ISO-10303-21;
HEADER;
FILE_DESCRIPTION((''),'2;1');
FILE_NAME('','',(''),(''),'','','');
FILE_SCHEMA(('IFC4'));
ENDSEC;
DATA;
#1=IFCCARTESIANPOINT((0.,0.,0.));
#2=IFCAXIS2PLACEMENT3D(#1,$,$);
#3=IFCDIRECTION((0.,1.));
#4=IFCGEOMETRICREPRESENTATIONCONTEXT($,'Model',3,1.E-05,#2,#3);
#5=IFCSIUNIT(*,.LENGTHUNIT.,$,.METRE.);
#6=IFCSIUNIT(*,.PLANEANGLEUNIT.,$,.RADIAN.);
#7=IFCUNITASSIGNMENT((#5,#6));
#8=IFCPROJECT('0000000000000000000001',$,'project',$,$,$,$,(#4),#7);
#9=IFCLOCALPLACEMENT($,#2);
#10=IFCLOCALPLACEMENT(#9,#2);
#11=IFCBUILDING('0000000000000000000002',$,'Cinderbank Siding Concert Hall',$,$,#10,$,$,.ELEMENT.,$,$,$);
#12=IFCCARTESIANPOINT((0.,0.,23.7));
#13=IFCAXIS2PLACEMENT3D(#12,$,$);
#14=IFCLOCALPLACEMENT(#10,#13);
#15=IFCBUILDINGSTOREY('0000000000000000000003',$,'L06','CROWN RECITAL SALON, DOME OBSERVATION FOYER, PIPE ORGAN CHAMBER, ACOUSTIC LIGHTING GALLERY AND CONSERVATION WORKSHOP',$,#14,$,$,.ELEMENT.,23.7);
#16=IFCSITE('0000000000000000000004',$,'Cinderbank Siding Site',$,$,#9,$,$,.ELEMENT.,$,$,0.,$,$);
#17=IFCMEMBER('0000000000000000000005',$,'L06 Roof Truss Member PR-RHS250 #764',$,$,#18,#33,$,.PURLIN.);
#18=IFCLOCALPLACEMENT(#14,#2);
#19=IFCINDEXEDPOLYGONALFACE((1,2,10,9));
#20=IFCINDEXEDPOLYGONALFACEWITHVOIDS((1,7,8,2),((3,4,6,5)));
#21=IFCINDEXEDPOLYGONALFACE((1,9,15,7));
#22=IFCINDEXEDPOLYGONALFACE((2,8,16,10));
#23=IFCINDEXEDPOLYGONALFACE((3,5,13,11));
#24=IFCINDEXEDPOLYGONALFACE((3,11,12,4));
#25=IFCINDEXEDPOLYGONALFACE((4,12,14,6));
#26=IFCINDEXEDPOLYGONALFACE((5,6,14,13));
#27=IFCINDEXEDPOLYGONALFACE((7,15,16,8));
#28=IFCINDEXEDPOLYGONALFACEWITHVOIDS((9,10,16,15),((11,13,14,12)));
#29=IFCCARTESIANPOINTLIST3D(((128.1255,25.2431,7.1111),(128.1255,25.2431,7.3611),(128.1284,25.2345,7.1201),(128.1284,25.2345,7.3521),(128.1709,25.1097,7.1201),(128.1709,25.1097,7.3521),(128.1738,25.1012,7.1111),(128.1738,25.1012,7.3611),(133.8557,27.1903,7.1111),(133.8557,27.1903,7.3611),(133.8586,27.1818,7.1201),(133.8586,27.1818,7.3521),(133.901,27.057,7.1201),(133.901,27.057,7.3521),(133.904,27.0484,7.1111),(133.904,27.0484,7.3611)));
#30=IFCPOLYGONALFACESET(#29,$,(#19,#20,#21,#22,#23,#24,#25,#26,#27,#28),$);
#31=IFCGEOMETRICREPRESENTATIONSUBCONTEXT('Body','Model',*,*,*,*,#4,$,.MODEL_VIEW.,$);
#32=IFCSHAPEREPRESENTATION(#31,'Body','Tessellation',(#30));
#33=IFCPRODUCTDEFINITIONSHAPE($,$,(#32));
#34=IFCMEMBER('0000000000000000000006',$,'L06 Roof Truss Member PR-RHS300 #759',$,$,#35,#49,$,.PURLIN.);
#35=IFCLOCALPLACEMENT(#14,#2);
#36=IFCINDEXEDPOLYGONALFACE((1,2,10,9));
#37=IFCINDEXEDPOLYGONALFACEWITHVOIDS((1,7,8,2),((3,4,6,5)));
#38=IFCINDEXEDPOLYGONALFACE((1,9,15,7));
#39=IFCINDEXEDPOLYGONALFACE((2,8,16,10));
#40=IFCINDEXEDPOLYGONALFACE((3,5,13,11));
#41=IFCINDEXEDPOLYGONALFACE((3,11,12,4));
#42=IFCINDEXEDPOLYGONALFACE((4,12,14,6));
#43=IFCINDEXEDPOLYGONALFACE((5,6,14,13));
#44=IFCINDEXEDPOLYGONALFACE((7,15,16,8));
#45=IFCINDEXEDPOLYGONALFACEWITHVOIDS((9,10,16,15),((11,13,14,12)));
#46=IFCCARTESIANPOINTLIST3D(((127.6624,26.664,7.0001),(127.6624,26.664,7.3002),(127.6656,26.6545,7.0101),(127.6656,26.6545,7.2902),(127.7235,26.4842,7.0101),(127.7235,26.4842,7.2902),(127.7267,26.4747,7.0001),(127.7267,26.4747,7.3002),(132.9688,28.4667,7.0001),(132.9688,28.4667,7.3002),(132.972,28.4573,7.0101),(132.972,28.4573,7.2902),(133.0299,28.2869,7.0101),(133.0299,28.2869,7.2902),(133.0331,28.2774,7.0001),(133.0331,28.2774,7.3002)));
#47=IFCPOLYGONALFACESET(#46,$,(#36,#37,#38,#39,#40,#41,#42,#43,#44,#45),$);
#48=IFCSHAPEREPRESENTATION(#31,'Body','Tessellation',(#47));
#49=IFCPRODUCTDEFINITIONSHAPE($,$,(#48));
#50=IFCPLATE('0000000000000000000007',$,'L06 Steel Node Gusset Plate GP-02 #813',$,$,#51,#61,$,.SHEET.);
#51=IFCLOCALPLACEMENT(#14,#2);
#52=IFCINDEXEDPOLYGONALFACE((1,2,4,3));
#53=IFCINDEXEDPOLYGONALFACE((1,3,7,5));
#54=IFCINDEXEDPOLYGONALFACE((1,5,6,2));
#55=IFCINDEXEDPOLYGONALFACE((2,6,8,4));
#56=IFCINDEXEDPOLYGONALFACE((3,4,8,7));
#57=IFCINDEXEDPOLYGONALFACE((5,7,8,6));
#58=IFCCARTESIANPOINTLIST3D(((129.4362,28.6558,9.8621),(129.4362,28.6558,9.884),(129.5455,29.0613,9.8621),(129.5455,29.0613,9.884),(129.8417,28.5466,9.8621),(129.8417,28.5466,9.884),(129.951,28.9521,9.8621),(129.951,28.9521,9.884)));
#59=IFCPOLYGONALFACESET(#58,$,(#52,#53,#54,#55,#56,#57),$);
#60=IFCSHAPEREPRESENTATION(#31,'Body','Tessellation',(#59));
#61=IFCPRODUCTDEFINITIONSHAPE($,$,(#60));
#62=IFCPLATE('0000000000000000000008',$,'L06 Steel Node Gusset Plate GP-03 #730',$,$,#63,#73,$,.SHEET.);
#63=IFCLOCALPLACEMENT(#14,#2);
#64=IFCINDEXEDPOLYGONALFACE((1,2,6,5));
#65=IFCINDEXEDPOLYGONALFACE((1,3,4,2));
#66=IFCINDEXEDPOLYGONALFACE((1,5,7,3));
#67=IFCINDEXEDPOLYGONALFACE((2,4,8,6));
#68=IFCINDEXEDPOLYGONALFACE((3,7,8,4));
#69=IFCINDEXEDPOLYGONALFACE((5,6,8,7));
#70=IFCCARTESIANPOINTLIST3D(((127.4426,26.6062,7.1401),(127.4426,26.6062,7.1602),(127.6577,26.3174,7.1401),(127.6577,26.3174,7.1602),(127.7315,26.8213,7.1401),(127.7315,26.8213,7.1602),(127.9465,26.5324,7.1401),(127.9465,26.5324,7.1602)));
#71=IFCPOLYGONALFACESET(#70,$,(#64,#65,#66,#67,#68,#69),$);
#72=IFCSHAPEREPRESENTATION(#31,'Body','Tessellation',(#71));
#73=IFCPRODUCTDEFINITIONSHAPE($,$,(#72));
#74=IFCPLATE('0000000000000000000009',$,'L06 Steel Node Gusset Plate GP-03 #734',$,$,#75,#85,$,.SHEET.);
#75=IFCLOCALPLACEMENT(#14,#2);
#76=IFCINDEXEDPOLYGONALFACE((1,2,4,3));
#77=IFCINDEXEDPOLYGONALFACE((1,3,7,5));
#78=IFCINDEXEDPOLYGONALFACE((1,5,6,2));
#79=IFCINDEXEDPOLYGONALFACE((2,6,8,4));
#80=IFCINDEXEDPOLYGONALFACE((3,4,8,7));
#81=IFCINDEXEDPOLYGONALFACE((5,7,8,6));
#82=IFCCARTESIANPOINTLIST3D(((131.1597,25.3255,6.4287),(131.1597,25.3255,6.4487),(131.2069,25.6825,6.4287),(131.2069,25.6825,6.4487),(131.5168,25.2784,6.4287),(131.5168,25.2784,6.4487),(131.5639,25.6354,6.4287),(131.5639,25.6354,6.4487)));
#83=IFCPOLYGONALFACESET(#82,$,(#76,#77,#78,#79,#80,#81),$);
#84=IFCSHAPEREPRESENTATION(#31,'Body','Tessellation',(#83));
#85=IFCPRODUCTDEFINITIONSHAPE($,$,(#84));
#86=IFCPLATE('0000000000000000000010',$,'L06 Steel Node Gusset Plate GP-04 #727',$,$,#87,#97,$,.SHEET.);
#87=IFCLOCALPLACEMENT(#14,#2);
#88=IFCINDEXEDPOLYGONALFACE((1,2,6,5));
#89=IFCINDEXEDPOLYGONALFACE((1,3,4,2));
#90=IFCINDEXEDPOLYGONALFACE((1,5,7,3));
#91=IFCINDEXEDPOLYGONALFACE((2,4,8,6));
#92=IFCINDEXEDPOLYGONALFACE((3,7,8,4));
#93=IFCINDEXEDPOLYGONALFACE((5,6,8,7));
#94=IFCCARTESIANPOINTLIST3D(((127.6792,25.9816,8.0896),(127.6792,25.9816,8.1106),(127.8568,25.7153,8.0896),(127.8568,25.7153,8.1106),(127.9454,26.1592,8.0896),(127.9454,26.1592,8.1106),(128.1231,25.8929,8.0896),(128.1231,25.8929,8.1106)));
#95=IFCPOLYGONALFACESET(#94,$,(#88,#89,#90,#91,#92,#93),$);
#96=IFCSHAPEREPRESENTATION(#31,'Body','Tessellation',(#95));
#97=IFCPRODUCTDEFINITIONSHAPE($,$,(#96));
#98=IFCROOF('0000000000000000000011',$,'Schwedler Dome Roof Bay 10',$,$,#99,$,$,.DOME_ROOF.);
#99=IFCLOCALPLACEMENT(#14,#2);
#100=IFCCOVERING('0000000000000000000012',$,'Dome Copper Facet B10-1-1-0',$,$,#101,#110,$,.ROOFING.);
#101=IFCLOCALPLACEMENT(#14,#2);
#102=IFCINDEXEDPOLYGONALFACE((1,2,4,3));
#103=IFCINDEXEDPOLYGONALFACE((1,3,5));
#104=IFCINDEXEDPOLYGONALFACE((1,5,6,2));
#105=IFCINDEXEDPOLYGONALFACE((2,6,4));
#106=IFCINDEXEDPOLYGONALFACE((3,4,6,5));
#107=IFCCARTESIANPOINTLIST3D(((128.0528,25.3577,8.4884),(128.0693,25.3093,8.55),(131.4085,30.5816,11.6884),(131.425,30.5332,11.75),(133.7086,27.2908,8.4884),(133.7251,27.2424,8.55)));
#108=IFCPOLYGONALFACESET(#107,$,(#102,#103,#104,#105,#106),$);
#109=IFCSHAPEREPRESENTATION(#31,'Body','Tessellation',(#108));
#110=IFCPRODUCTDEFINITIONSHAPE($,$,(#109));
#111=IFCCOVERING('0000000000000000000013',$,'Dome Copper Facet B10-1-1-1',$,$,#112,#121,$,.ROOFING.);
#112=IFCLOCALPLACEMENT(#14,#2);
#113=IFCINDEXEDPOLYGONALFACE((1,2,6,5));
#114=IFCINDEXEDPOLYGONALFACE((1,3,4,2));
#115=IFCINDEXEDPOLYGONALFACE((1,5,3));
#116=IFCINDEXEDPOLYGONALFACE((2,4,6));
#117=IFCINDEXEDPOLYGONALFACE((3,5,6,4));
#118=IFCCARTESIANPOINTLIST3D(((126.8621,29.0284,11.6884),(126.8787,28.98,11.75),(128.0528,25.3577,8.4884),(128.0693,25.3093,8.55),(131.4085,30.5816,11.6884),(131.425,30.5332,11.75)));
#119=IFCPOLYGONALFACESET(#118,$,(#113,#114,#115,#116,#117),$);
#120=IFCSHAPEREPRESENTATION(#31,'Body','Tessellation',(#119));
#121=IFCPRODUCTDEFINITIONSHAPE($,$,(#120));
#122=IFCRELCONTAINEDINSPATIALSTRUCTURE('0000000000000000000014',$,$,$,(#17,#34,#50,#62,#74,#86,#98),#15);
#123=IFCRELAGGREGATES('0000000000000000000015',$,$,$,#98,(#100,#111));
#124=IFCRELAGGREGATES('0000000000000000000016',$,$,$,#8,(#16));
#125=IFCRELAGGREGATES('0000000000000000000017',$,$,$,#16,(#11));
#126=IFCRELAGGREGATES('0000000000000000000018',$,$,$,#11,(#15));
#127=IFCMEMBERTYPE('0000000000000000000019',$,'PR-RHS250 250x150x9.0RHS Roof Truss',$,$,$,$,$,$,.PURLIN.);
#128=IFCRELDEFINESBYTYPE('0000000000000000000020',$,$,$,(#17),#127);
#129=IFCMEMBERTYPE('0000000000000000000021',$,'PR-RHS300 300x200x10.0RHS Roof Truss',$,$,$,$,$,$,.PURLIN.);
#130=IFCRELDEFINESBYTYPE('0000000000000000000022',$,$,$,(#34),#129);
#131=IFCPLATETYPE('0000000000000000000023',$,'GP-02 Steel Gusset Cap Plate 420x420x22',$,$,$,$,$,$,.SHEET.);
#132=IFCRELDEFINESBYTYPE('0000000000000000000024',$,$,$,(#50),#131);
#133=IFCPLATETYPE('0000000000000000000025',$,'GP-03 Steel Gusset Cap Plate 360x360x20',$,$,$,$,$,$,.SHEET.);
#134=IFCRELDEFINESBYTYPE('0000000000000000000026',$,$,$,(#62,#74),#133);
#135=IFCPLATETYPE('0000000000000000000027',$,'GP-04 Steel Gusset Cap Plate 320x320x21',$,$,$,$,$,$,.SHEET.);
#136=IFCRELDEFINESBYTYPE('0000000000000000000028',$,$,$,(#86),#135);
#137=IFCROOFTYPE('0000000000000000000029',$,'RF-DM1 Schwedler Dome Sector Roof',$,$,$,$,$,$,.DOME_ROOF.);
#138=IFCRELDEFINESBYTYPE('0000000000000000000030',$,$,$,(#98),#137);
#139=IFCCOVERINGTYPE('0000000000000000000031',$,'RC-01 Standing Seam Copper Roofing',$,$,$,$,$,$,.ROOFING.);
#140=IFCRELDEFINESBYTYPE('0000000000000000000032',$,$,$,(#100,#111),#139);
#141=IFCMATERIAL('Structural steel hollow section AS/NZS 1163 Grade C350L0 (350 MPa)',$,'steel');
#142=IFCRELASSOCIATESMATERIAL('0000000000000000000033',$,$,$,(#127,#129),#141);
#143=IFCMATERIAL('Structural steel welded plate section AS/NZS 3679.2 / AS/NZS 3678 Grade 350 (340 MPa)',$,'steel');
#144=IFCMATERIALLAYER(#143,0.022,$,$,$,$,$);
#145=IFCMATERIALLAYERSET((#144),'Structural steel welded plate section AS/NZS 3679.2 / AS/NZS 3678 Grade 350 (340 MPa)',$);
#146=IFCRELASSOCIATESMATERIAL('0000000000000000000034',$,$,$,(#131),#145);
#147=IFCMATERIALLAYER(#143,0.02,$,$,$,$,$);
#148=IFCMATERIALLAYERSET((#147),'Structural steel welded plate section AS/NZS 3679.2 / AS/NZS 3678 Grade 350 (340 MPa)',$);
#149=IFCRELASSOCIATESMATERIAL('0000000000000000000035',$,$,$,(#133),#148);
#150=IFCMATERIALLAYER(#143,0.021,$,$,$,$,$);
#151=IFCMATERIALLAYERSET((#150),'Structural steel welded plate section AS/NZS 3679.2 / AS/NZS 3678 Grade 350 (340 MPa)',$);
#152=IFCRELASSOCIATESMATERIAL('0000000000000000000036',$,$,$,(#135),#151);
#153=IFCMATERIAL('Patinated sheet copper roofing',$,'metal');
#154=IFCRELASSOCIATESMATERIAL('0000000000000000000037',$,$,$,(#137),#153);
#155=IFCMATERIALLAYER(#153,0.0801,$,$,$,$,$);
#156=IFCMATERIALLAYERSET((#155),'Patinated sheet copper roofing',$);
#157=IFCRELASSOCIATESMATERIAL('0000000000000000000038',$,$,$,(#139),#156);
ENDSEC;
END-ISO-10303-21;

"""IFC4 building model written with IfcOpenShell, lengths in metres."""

from ifc_helpers import new_model, si_unit, direction, frame, origin, origin_2d, place, context, subcontext, project, spatial, polyline, rectangle, hollow_rectangle, outline, extrude, material, layer, layer_set, material_profile, profile_set, type_object, element, aggregate, save


model = new_model("IFC4")

# Units and contexts
model_context = context("Model", 3, precision=1e-05, world=origin(), true_north=direction((0.0, 1.0)))
body_context = subcontext(model_context, "Body", "Model", "MODEL_VIEW")
ifc_project = project(units=[si_unit("LENGTHUNIT", "METRE"), si_unit("PLANEANGLEUNIT", "RADIAN")], contexts=[model_context])

# Site, building, storey
site_placement = place(None, origin())
site = spatial("IfcSite", under=ifc_project, at=site_placement, Name="Cinderbank Siding Site", CompositionType="ELEMENT", RefElevation=0.0)
building_placement = place(site_placement, origin())
building = spatial("IfcBuilding", under=site, at=building_placement, Name="Cinderbank Siding Concert Hall", CompositionType="ELEMENT")
storey_placement = place(building_placement, frame((0.0, 0.0, 23.7)))
storey = spatial("IfcBuildingStorey", under=building, at=storey_placement, Name="L06", Description="CROWN RECITAL SALON, DOME OBSERVATION FOYER, PIPE ORGAN CHAMBER, ACOUSTIC LIGHTING GALLERY AND CONSERVATION WORKSHOP", CompositionType="ELEMENT", Elevation=23.7)

# Shared definitions
ifc_material_1 = material(Name="Structural steel welded plate section AS/NZS 3679.2 / AS/NZS 3678 Grade 350 (340 MPa)", Category="steel")

# Members
ifc_material_2 = material(Name="Structural steel hollow section AS/NZS 1163 Grade C350L0 (350 MPa)", Category="steel")
ifc_material_profile_1 = material_profile(ifc_material_2, hollow_rectangle(XDim=0.1499, YDim=0.25, WallThickness=0.009, at=origin_2d()), Name="250x150x9.0RHS", Category="LoadBearing")
ifc_profile_set_1 = profile_set([ifc_material_profile_1], Name="Structural steel hollow section AS/NZS 1163 Grade C350L0 (350 MPa)")
member_type_1 = type_object("IfcMemberType", Name="PR-RHS250 250x150x9.0RHS Roof Truss", PredefinedType="PURLIN", material=ifc_profile_set_1)
member_1_placement = place(storey_placement, frame((128.1497, 25.1721, 7.2361), z_axis=(0.946824, 0.321753, 0.0), x_axis=(-0.321753, 0.946824, 0.0)))
element("IfcMember", 1, at=member_1_placement, inside=storey, type_object=member_type_1, Name="L06 Roof Truss Member PR-RHS250 #764", PredefinedType="PURLIN", context=body_context, shape_type="SweptSolid", body=[
    extrude(hollow_rectangle(XDim=0.1499, YDim=0.25, WallThickness=0.009, at=origin_2d()), origin(), (0.0, 0.0, 1.0), 6.052),
])
ifc_material_profile_2 = material_profile(ifc_material_2, hollow_rectangle(XDim=0.2, YDim=0.3, WallThickness=0.01, at=origin_2d()), Name="300x200x10.0RHS", Category="LoadBearing")
ifc_profile_set_2 = profile_set([ifc_material_profile_2], Name="Structural steel hollow section AS/NZS 1163 Grade C350L0 (350 MPa)")
member_type_2 = type_object("IfcMemberType", Name="PR-RHS300 300x200x10.0RHS Roof Truss", PredefinedType="PURLIN", material=ifc_profile_set_2)
member_2_placement = place(storey_placement, frame((127.6946, 26.5693, 7.1501), z_axis=(0.946851, 0.321672, 0.0), x_axis=(-0.321672, 0.946851, 0.0)))
element("IfcMember", 2, at=member_2_placement, inside=storey, type_object=member_type_2, Name="L06 Roof Truss Member PR-RHS300 #759", PredefinedType="PURLIN", context=body_context, shape_type="SweptSolid", body=[
    extrude(hollow_rectangle(XDim=0.2, YDim=0.3, WallThickness=0.01, at=origin_2d()), origin(), (0.0, 0.0, 1.0), 5.6042),
])

# Plates
ifc_layer_1 = layer(ifc_material_1, 0.022)
ifc_layer_set_1 = layer_set([ifc_layer_1], Name="Structural steel welded plate section AS/NZS 3679.2 / AS/NZS 3678 Grade 350 (340 MPa)")
plate_type_1 = type_object("IfcPlateType", Name="GP-02 Steel Gusset Cap Plate 420x420x22", PredefinedType="SHEET", material=ifc_layer_set_1)
plate_1_placement = place(storey_placement, frame((129.6936, 28.804, 9.8621), z_axis=(0.0, 0.0, 1.0), x_axis=(-0.965564, 0.260167, 0.0)))
element("IfcPlate", 3, at=plate_1_placement, inside=storey, type_object=plate_type_1, Name="L06 Steel Node Gusset Plate GP-02 #813", PredefinedType="SHEET", context=body_context, shape_type="SweptSolid", body=[
    extrude(rectangle(XDim=0.4199, YDim=0.4199, at=origin_2d()), origin(), (0.0, 0.0, 1.0), 0.022),
])
ifc_layer_2 = layer(ifc_material_1, 0.02)
ifc_layer_set_2 = layer_set([ifc_layer_2], Name="Structural steel welded plate section AS/NZS 3679.2 / AS/NZS 3678 Grade 350 (340 MPa)")
plate_type_2 = type_object("IfcPlateType", Name="GP-03 Steel Gusset Cap Plate 360x360x20", PredefinedType="SHEET", material=ifc_layer_set_2)
for number, where, z_axis, x_axis, name in (
    (4, (127.6946, 26.5693, 7.1401), (0.0, 0.0, 1.0), (0.802088, 0.597205, 0.0), "L06 Steel Node Gusset Plate GP-03 #730"),
    (5, (131.3618, 25.4805, 6.4287), (0.0, 0.0, 1.0), (-0.991399, 0.130872, 0.0), "L06 Steel Node Gusset Plate GP-03 #734"),
):
    element("IfcPlate", number, at=place(storey_placement, frame(where, z_axis=z_axis, x_axis=x_axis)), inside=storey, type_object=plate_type_2, Name=name, PredefinedType="SHEET", context=body_context, shape_type="SweptSolid", body=[
        extrude(rectangle(XDim=0.3601, YDim=0.3601, at=origin_2d()), origin(), (0.0, 0.0, 1.0), 0.02),
    ])
ifc_layer_3 = layer(ifc_material_1, 0.021)
ifc_layer_set_3 = layer_set([ifc_layer_3], Name="Structural steel welded plate section AS/NZS 3679.2 / AS/NZS 3678 Grade 350 (340 MPa)")
plate_type_3 = type_object("IfcPlateType", Name="GP-04 Steel Gusset Cap Plate 320x320x21", PredefinedType="SHEET", material=ifc_layer_set_3)
plate_2_placement = place(storey_placement, frame((127.9011, 25.9373, 8.0896), z_axis=(0.0, 0.0, 1.0), x_axis=(0.831857, 0.55499, 0.0)))
element("IfcPlate", 6, at=plate_2_placement, inside=storey, type_object=plate_type_3, Name="L06 Steel Node Gusset Plate GP-04 #727", PredefinedType="SHEET", context=body_context, shape_type="SweptSolid", body=[
    extrude(rectangle(XDim=0.3201, YDim=0.3201, at=origin_2d()), origin(), (0.0, 0.0, 1.0), 0.021),
])

# Roof, coverings
ifc_material_3 = material(Name="Patinated sheet copper roofing", Category="metal")
roof_type = type_object("IfcRoofType", Name="RF-DM1 Schwedler Dome Sector Roof", PredefinedType="DOME_ROOF", material=ifc_material_3)
roof_placement = place(storey_placement, origin())
roof = element("IfcRoof", 7, at=roof_placement, inside=storey, type_object=roof_type, Name="Schwedler Dome Roof Bay 10", PredefinedType="DOME_ROOF")
ifc_layer_4 = layer(ifc_material_3, 0.0801)
ifc_layer_set_4 = layer_set([ifc_layer_4], Name="Patinated sheet copper roofing")
covering_type = type_object("IfcCoveringType", Name="RC-01 Standing Seam Copper Roofing", PredefinedType="ROOFING", material=ifc_layer_set_4)
covering_1_placement = place(storey_placement, frame((128.0693, 25.3093, 8.55), z_axis=(0.206484, -0.604118, 0.769679), x_axis=(0.946254, 0.323424, 0.0)))
covering_1 = element("IfcCovering", 8, at=covering_1_placement, type_object=covering_type, Name="Dome Copper Facet B10-1-1-0", PredefinedType="ROOFING", context=body_context, shape_type="SweptSolid", body=[
    extrude(outline(polyline([(0.0, 0.0), (5.977, 0.0), (4.8649, 5.0122), (0.0, 0.0)])), origin(), (0.0, 0.0, -1.0), 0.0801),
])
covering_2_placement = place(storey_placement, frame((128.0693, 25.3093, 8.55), z_axis=(0.206379, -0.604084, 0.769734), x_axis=(0.480421, 0.747877, 0.458121)))
covering_2 = element("IfcCovering", 9, at=covering_2_placement, type_object=covering_type, Name="Dome Copper Facet B10-1-1-1", PredefinedType="ROOFING", context=body_context, shape_type="SweptSolid", body=[
    extrude(outline(polyline([(0.0, 0.0), (6.9849, 0.0), (3.6391, 3.4479), (0.0, 0.0)])), origin(), (0.0, 0.0, -1.0), 0.0801),
])
aggregate(roof, [covering_1, covering_2])

save(model, "model.ifc")
